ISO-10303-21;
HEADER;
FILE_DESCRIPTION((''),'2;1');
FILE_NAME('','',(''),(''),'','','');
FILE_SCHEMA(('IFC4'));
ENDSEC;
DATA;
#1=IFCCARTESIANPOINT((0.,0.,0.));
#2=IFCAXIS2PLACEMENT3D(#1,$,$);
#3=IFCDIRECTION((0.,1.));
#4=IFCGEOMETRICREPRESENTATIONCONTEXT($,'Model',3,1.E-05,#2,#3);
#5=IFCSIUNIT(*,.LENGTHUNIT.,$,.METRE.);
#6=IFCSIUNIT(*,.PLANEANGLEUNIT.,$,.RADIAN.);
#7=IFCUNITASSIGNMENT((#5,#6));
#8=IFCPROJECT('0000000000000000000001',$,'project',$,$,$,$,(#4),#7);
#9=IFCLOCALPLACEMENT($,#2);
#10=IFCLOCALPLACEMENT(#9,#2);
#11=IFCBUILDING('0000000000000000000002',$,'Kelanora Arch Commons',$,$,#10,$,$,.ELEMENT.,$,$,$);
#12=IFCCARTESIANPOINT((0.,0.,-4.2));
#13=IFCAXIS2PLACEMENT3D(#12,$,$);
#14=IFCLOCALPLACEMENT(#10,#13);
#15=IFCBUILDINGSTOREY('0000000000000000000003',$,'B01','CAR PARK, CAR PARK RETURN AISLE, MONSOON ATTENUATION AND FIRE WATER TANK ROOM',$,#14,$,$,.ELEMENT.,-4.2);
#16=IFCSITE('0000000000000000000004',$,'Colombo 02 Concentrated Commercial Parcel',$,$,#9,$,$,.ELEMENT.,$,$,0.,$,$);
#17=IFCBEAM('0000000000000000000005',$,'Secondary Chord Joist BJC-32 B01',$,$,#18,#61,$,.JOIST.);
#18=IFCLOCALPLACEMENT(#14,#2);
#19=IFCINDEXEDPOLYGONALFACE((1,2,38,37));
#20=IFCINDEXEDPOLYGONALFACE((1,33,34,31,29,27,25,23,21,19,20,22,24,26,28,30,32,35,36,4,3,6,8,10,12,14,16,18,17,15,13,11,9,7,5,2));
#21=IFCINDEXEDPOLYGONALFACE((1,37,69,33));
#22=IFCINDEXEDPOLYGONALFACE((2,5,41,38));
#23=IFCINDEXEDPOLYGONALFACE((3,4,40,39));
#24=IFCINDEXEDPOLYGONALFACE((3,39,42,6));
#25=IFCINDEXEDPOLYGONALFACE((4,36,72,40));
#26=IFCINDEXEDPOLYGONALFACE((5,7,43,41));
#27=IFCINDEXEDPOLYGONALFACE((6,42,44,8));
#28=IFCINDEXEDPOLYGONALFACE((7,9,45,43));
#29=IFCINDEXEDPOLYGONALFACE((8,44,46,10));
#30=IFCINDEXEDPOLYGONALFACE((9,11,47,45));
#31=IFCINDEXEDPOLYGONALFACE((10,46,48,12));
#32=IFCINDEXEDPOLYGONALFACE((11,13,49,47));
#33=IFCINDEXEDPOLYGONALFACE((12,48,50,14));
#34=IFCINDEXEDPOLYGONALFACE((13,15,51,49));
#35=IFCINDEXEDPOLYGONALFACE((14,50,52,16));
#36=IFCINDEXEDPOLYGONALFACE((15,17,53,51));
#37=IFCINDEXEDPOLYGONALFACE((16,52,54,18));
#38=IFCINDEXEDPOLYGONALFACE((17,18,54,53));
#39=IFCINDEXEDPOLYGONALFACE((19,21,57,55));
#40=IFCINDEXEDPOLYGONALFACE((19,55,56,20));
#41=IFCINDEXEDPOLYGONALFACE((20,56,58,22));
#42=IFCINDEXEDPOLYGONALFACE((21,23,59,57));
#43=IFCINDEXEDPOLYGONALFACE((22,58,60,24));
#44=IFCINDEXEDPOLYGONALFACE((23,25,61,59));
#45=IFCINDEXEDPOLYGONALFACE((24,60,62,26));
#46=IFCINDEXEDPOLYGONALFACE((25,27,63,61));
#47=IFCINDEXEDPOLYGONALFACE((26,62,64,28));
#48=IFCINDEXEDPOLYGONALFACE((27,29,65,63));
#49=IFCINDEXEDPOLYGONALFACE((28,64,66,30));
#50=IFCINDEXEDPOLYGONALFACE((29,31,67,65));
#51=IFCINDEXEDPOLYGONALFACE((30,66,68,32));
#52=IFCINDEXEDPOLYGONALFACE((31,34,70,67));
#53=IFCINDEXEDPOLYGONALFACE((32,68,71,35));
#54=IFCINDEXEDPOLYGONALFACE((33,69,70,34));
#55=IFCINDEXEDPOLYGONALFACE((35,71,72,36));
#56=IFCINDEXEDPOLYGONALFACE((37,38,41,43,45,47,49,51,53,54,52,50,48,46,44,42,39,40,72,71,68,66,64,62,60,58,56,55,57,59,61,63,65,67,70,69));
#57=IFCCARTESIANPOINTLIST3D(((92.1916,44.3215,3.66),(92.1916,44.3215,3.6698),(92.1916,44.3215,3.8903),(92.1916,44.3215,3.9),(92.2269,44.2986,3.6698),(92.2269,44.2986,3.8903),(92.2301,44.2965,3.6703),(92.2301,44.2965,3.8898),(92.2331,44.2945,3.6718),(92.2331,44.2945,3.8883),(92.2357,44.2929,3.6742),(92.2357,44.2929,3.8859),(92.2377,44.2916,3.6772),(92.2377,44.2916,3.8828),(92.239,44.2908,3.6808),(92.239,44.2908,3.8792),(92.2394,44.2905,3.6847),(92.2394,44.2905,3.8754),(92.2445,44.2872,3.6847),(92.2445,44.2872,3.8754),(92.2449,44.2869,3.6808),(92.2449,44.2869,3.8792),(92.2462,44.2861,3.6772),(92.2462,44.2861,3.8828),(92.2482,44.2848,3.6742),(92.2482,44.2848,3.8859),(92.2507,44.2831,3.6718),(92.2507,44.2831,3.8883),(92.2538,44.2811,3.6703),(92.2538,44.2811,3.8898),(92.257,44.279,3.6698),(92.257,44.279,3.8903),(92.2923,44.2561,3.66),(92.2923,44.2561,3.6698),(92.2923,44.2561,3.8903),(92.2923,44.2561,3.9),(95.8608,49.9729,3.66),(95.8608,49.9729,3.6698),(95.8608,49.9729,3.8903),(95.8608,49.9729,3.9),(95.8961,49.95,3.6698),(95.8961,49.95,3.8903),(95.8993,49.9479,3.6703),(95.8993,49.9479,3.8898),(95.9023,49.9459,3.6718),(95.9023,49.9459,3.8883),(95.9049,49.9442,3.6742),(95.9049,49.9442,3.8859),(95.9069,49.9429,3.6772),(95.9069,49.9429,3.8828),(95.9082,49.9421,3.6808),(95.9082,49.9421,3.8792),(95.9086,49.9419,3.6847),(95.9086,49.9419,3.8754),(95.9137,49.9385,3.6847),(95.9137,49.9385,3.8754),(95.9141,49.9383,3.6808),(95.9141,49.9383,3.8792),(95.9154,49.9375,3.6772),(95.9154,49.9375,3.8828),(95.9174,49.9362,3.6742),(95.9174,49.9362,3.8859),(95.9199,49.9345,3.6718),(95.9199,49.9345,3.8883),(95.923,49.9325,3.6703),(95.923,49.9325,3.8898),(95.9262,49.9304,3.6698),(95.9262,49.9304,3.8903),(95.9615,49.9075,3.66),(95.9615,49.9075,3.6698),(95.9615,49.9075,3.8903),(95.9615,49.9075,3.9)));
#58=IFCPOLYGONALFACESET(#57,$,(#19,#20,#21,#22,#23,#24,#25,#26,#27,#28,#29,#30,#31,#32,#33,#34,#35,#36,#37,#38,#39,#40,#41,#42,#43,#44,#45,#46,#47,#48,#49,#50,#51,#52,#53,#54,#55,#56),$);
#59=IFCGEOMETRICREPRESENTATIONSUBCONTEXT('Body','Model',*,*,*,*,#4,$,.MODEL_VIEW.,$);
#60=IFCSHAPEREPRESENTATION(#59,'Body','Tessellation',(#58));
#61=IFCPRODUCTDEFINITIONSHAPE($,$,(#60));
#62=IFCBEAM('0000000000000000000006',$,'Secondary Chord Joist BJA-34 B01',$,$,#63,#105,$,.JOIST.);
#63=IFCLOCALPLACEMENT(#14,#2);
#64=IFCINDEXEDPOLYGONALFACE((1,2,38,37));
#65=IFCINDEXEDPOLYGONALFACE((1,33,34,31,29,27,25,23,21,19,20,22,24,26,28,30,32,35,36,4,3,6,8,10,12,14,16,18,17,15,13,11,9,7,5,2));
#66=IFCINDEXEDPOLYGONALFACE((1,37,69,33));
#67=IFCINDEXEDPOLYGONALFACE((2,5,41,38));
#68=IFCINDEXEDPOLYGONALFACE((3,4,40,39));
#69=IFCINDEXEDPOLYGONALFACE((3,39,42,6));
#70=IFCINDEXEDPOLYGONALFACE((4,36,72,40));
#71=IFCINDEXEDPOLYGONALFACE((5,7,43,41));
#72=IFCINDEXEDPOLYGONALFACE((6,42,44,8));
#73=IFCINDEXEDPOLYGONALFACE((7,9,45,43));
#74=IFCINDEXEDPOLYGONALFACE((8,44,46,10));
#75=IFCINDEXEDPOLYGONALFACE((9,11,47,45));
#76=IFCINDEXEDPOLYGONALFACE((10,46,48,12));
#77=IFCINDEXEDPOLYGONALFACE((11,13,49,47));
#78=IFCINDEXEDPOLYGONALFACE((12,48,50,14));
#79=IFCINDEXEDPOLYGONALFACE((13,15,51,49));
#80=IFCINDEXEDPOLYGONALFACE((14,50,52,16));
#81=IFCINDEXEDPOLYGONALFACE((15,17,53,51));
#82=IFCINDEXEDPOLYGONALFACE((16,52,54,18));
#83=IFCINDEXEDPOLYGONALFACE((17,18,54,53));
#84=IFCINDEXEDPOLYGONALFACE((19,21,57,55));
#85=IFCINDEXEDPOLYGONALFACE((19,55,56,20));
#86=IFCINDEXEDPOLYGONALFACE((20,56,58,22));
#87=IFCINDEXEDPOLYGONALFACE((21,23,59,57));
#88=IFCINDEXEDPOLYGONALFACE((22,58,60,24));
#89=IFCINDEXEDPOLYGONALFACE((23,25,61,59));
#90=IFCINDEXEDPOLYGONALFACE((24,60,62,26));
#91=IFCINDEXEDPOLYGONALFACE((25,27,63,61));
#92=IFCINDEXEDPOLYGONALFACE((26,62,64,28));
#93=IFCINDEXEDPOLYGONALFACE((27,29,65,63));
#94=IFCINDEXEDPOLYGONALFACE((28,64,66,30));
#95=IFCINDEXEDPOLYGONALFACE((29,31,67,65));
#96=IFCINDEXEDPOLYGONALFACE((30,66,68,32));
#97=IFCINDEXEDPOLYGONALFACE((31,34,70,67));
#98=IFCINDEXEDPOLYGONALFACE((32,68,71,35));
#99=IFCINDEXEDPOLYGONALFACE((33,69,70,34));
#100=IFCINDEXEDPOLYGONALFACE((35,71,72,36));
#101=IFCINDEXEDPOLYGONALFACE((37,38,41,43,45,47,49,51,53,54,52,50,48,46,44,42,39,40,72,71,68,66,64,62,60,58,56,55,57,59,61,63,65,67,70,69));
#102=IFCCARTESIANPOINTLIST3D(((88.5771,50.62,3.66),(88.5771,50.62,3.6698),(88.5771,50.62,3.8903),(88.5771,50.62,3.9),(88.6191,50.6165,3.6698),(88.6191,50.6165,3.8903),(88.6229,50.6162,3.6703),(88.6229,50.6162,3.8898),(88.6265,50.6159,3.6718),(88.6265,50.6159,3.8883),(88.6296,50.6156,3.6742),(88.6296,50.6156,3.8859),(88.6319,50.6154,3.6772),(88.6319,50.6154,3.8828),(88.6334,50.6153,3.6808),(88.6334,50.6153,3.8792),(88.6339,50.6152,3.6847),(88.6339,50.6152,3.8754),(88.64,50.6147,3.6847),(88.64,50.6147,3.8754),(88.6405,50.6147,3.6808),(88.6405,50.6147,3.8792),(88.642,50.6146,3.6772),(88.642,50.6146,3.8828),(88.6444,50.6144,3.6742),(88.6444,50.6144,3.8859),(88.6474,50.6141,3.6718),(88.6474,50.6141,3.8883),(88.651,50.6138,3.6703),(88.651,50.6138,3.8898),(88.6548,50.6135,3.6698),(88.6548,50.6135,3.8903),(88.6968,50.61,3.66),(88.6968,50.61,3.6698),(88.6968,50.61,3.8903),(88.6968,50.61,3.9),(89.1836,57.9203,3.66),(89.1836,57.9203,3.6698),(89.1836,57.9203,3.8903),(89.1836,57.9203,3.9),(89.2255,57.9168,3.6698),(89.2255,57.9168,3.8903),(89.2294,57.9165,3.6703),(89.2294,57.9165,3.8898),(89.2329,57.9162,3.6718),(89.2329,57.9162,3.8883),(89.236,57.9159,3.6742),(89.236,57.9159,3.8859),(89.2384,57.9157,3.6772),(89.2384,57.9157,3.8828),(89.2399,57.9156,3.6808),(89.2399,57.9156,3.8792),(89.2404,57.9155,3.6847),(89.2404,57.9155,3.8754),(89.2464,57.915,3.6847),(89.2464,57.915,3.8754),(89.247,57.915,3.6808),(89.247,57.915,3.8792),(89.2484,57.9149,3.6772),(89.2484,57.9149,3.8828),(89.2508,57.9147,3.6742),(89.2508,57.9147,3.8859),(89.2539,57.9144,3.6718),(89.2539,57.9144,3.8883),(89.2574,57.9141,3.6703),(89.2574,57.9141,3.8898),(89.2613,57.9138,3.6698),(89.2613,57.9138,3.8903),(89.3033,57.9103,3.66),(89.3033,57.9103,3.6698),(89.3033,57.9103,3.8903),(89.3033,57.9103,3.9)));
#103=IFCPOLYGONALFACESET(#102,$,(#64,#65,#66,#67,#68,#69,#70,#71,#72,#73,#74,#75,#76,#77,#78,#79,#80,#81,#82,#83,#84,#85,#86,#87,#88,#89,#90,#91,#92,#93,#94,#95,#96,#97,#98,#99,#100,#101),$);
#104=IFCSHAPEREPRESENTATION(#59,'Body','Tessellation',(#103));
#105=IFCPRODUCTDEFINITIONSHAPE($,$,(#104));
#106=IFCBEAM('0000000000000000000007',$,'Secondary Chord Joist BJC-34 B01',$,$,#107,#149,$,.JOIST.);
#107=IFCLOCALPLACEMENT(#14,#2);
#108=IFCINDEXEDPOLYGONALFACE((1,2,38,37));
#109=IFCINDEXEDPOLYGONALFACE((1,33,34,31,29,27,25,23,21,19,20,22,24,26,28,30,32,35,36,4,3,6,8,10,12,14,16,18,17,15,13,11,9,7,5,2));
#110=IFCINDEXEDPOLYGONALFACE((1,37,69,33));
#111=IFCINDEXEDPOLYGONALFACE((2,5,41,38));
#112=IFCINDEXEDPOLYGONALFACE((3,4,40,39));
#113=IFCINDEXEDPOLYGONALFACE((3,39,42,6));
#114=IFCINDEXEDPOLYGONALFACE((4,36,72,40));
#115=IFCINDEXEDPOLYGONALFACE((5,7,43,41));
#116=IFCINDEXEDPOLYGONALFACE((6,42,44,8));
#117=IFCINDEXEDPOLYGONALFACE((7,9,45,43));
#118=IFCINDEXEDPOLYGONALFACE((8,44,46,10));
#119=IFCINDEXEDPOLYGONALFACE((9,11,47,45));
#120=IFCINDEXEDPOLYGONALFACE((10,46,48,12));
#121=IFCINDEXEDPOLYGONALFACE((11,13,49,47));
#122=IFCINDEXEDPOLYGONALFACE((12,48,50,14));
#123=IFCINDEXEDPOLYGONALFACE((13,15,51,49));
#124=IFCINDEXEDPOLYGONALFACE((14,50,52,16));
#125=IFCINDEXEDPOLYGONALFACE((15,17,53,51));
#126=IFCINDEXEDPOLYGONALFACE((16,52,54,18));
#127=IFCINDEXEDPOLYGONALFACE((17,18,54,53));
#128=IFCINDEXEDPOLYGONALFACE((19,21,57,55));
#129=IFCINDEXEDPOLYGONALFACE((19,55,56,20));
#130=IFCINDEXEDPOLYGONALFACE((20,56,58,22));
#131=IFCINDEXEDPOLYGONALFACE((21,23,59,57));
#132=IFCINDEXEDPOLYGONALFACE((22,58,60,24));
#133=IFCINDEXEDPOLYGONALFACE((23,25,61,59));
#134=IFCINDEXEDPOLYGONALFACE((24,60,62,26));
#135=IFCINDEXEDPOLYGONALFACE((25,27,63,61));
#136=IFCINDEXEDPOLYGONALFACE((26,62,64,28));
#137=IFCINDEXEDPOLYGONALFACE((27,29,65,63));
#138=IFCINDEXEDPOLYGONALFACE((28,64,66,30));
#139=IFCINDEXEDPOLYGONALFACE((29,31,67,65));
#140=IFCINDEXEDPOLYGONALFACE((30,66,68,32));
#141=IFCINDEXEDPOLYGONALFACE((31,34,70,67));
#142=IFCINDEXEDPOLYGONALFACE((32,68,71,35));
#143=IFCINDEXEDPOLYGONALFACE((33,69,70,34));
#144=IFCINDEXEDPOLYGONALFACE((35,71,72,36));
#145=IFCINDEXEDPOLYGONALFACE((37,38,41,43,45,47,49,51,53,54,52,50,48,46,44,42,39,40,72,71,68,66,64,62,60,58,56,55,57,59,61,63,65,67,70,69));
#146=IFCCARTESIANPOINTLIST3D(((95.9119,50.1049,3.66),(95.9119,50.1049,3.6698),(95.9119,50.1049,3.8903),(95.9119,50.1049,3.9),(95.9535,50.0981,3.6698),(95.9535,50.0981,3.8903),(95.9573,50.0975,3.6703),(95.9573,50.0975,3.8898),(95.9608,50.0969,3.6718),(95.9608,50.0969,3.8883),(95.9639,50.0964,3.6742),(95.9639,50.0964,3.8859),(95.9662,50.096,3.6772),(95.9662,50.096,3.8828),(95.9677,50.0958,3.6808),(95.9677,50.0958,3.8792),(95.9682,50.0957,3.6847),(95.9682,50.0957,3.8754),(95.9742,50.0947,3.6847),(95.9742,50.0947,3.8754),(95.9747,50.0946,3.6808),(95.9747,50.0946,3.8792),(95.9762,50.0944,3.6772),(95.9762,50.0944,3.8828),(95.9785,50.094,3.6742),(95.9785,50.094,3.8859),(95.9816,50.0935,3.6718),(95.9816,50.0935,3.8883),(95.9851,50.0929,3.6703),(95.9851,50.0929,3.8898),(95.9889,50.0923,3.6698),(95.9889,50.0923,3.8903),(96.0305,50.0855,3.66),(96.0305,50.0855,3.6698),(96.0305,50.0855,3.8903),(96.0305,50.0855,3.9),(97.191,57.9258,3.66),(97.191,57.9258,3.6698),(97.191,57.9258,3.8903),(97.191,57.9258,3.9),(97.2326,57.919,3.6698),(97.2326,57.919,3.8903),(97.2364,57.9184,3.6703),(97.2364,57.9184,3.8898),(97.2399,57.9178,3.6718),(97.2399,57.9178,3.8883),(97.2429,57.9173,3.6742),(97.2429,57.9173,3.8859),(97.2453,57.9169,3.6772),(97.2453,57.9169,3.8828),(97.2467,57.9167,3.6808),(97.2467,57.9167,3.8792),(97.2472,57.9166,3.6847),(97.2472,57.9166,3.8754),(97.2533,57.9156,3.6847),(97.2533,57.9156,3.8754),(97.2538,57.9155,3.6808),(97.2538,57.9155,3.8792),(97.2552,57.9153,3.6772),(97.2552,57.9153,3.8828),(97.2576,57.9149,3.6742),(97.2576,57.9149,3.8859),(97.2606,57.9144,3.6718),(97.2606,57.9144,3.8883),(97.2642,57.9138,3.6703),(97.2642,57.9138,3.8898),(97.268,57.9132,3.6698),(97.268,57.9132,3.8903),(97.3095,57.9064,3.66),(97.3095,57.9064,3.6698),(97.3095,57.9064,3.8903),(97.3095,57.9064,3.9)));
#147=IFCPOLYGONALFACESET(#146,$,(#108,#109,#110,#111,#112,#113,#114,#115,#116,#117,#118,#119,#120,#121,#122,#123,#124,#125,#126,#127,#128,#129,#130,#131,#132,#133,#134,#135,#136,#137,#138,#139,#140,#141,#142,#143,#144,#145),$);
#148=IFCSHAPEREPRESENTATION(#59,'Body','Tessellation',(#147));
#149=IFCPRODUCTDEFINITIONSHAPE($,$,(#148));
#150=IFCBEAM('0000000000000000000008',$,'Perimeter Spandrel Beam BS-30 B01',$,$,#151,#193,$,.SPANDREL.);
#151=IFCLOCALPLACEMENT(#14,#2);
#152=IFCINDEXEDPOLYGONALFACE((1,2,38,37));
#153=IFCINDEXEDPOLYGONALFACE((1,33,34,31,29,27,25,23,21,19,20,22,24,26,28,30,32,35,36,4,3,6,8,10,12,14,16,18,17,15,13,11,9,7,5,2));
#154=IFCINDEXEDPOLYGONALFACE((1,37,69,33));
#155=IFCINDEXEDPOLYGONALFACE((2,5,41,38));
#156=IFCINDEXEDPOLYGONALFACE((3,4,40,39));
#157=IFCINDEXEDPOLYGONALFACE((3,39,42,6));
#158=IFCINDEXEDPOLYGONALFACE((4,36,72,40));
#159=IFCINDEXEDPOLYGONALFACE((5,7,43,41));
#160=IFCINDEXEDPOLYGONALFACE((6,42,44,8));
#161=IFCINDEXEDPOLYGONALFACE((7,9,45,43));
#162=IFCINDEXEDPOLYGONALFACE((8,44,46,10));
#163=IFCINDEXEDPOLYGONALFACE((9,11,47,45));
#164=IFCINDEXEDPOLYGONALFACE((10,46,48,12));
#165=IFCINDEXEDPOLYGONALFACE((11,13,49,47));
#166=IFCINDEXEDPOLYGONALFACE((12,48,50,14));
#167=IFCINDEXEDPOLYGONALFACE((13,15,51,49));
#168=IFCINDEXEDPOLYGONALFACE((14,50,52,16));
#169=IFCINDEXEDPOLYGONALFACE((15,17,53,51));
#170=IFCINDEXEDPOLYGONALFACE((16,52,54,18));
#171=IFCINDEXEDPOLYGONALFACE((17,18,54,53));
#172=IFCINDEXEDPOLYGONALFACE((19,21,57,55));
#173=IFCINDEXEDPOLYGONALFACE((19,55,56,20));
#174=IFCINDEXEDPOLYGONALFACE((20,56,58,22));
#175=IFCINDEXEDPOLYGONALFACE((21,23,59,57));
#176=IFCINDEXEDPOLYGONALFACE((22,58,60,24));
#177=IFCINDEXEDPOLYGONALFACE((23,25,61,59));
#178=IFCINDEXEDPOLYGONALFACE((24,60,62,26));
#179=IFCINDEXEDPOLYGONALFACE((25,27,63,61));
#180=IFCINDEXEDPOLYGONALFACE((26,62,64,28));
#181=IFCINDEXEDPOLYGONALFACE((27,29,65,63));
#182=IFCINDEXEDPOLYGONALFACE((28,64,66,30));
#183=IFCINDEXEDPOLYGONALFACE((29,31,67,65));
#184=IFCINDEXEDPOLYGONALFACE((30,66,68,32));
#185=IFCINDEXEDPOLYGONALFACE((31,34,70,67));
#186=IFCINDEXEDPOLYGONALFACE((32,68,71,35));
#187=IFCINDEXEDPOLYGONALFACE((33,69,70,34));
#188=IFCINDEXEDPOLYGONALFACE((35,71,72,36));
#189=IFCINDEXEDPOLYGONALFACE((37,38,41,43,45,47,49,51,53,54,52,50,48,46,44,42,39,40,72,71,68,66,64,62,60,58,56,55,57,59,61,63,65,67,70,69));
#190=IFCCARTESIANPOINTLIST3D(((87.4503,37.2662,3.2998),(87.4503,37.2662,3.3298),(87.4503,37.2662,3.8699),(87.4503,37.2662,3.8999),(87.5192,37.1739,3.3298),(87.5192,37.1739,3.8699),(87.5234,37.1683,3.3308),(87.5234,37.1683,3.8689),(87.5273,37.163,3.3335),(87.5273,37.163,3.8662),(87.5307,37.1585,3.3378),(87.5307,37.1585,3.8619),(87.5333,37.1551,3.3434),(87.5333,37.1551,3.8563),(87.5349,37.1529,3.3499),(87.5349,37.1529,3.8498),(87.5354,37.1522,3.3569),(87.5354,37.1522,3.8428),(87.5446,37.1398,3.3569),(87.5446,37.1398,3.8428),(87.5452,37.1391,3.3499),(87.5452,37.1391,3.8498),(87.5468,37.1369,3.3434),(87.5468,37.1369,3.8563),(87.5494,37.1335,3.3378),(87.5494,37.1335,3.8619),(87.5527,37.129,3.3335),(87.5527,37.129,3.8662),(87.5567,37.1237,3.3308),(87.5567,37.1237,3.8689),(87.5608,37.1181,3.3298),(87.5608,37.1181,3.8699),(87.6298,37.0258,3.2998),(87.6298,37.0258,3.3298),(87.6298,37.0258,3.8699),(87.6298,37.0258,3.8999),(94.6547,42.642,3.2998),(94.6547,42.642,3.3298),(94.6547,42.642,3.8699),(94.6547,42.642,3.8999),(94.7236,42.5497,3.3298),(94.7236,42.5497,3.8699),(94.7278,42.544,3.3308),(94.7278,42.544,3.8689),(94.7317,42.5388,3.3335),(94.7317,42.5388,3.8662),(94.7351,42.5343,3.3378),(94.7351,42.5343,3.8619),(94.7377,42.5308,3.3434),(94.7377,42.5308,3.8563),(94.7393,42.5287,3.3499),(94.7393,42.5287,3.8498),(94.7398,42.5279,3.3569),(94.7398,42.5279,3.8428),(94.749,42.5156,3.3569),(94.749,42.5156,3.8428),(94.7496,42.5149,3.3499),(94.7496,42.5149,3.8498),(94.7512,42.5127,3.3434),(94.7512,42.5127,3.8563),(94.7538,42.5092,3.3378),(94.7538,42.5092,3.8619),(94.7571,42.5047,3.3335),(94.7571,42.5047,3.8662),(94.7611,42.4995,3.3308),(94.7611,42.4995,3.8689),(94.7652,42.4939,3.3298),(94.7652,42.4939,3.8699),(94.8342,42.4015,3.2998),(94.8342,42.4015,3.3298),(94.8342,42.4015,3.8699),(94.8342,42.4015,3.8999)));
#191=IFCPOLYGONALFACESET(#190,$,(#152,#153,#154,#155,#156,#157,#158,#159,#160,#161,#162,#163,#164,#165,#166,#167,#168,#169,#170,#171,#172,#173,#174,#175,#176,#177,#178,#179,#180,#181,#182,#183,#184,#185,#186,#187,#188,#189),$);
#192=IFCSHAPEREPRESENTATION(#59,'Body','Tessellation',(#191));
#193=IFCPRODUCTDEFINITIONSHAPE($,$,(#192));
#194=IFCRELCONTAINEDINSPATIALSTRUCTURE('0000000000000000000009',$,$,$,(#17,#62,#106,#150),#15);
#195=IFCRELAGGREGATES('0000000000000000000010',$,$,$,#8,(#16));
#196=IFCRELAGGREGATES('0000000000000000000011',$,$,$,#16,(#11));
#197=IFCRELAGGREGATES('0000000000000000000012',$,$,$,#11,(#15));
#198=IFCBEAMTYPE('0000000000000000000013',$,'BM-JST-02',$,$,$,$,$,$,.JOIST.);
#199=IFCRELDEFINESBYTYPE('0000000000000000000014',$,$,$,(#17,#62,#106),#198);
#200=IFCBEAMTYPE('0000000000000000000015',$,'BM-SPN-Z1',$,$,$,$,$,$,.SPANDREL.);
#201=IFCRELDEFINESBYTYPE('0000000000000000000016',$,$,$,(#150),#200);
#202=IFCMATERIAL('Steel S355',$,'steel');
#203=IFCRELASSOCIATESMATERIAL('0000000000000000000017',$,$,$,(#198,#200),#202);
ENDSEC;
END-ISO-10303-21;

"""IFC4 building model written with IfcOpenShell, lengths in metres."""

from ifc_helpers import new_model, si_unit, direction, frame, origin, origin_2d, place, context, subcontext, project, spatial, i_section, extrude, material, material_profile, profile_set, type_object, element, save


model = new_model("IFC4")

# Units and contexts
model_context = context("Model", 3, precision=1e-05, world=origin(), true_north=direction((0.0, 1.0)))
body_context = subcontext(model_context, "Body", "Model", "MODEL_VIEW")
ifc_project = project(units=[si_unit("LENGTHUNIT", "METRE"), si_unit("PLANEANGLEUNIT", "RADIAN")], contexts=[model_context])

# Site, building, storey
site_placement = place(None, origin())
site = spatial("IfcSite", under=ifc_project, at=site_placement, Name="Colombo 02 Concentrated Commercial Parcel", CompositionType="ELEMENT", RefElevation=0.0)
building_placement = place(site_placement, origin())
building = spatial("IfcBuilding", under=site, at=building_placement, Name="Kelanora Arch Commons", CompositionType="ELEMENT")
storey_placement = place(building_placement, frame((0.0, 0.0, -4.2)))
storey = spatial("IfcBuildingStorey", under=building, at=storey_placement, Name="B01", Description="CAR PARK, CAR PARK RETURN AISLE, MONSOON ATTENUATION AND FIRE WATER TANK ROOM", CompositionType="ELEMENT", Elevation=-4.2)

# Shared definitions
ifc_material_1 = material(Name="Steel S355", Category="steel")

# Beams
ifc_material_profile_1 = material_profile(ifc_material_1, i_section(OverallWidth=0.1201, OverallDepth=0.24, WebThickness=0.0061, FlangeThickness=0.0098, FilletRadius=0.0149, at=origin_2d()), Name="IPE240")
ifc_profile_set_1 = profile_set([ifc_material_profile_1], Name="Steel S355")
beam_type_1 = type_object("IfcBeamType", Name="BM-JST-02", PredefinedType="JOIST", material=ifc_profile_set_1)
beam_1_placement = place(storey_placement, frame((92.2419, 44.2888, 3.78), z_axis=(0.54455, 0.838728, 0.0), x_axis=(-0.838728, 0.54455, 0.0)))
element("IfcBeam", 1, at=beam_1_placement, inside=storey, type_object=beam_type_1, Name="Secondary Chord Joist BJC-32 B01", PredefinedType="JOIST", context=body_context, shape_type="SweptSolid", body=[
    extrude(i_section(OverallWidth=0.1201, OverallDepth=0.24, WebThickness=0.0061, FlangeThickness=0.0098, FilletRadius=0.0149, at=origin_2d()), origin(), (0.0, 0.0, 1.0), 6.738),
])
beam_2_placement = place(storey_placement, frame((88.637, 50.615, 3.78), z_axis=(0.082786, 0.996567, 0.0), x_axis=(-0.996567, 0.082786, 0.0)))
element("IfcBeam", 2, at=beam_2_placement, inside=storey, type_object=beam_type_1, Name="Secondary Chord Joist BJA-34 B01", PredefinedType="JOIST", context=body_context, shape_type="SweptSolid", body=[
    extrude(i_section(OverallWidth=0.1201, OverallDepth=0.24, WebThickness=0.0061, FlangeThickness=0.0098, FilletRadius=0.0149, at=origin_2d()), origin(), (0.0, 0.0, 1.0), 7.3254),
])
beam_3_placement = place(storey_placement, frame((95.9712, 50.0952, 3.78), z_axis=(0.161401, 0.986889, 0.0), x_axis=(-0.986889, 0.161401, 0.0)))
element("IfcBeam", 3, at=beam_3_placement, inside=storey, type_object=beam_type_1, Name="Secondary Chord Joist BJC-34 B01", PredefinedType="JOIST", context=body_context, shape_type="SweptSolid", body=[
    extrude(i_section(OverallWidth=0.1201, OverallDepth=0.24, WebThickness=0.0061, FlangeThickness=0.0098, FilletRadius=0.0149, at=origin_2d()), origin(), (0.0, 0.0, 1.0), 7.9248),
])
ifc_material_profile_2 = material_profile(ifc_material_1, i_section(OverallWidth=0.3, OverallDepth=0.6001, WebThickness=0.0154, FlangeThickness=0.03, FilletRadius=0.0271, at=origin_2d()), Name="HEB600")
ifc_profile_set_2 = profile_set([ifc_material_profile_2], Name="Steel S355")
beam_type_2 = type_object("IfcBeamType", Name="BM-SPN-Z1", PredefinedType="SPANDREL", material=ifc_profile_set_2)
beam_4_placement = place(storey_placement, frame((87.54, 37.146, 3.5999), z_axis=(0.801468, 0.598038, 0.0), x_axis=(-0.598038, 0.801468, 0.0)))
element("IfcBeam", 4, at=beam_4_placement, inside=storey, type_object=beam_type_2, Name="Perimeter Spandrel Beam BS-30 B01", PredefinedType="SPANDREL", context=body_context, shape_type="SweptSolid", body=[
    extrude(i_section(OverallWidth=0.3, OverallDepth=0.6001, WebThickness=0.0154, FlangeThickness=0.03, FilletRadius=0.0271, at=origin_2d()), origin(), (0.0, 0.0, 1.0), 8.989),
])

save(model, "model.ifc")
